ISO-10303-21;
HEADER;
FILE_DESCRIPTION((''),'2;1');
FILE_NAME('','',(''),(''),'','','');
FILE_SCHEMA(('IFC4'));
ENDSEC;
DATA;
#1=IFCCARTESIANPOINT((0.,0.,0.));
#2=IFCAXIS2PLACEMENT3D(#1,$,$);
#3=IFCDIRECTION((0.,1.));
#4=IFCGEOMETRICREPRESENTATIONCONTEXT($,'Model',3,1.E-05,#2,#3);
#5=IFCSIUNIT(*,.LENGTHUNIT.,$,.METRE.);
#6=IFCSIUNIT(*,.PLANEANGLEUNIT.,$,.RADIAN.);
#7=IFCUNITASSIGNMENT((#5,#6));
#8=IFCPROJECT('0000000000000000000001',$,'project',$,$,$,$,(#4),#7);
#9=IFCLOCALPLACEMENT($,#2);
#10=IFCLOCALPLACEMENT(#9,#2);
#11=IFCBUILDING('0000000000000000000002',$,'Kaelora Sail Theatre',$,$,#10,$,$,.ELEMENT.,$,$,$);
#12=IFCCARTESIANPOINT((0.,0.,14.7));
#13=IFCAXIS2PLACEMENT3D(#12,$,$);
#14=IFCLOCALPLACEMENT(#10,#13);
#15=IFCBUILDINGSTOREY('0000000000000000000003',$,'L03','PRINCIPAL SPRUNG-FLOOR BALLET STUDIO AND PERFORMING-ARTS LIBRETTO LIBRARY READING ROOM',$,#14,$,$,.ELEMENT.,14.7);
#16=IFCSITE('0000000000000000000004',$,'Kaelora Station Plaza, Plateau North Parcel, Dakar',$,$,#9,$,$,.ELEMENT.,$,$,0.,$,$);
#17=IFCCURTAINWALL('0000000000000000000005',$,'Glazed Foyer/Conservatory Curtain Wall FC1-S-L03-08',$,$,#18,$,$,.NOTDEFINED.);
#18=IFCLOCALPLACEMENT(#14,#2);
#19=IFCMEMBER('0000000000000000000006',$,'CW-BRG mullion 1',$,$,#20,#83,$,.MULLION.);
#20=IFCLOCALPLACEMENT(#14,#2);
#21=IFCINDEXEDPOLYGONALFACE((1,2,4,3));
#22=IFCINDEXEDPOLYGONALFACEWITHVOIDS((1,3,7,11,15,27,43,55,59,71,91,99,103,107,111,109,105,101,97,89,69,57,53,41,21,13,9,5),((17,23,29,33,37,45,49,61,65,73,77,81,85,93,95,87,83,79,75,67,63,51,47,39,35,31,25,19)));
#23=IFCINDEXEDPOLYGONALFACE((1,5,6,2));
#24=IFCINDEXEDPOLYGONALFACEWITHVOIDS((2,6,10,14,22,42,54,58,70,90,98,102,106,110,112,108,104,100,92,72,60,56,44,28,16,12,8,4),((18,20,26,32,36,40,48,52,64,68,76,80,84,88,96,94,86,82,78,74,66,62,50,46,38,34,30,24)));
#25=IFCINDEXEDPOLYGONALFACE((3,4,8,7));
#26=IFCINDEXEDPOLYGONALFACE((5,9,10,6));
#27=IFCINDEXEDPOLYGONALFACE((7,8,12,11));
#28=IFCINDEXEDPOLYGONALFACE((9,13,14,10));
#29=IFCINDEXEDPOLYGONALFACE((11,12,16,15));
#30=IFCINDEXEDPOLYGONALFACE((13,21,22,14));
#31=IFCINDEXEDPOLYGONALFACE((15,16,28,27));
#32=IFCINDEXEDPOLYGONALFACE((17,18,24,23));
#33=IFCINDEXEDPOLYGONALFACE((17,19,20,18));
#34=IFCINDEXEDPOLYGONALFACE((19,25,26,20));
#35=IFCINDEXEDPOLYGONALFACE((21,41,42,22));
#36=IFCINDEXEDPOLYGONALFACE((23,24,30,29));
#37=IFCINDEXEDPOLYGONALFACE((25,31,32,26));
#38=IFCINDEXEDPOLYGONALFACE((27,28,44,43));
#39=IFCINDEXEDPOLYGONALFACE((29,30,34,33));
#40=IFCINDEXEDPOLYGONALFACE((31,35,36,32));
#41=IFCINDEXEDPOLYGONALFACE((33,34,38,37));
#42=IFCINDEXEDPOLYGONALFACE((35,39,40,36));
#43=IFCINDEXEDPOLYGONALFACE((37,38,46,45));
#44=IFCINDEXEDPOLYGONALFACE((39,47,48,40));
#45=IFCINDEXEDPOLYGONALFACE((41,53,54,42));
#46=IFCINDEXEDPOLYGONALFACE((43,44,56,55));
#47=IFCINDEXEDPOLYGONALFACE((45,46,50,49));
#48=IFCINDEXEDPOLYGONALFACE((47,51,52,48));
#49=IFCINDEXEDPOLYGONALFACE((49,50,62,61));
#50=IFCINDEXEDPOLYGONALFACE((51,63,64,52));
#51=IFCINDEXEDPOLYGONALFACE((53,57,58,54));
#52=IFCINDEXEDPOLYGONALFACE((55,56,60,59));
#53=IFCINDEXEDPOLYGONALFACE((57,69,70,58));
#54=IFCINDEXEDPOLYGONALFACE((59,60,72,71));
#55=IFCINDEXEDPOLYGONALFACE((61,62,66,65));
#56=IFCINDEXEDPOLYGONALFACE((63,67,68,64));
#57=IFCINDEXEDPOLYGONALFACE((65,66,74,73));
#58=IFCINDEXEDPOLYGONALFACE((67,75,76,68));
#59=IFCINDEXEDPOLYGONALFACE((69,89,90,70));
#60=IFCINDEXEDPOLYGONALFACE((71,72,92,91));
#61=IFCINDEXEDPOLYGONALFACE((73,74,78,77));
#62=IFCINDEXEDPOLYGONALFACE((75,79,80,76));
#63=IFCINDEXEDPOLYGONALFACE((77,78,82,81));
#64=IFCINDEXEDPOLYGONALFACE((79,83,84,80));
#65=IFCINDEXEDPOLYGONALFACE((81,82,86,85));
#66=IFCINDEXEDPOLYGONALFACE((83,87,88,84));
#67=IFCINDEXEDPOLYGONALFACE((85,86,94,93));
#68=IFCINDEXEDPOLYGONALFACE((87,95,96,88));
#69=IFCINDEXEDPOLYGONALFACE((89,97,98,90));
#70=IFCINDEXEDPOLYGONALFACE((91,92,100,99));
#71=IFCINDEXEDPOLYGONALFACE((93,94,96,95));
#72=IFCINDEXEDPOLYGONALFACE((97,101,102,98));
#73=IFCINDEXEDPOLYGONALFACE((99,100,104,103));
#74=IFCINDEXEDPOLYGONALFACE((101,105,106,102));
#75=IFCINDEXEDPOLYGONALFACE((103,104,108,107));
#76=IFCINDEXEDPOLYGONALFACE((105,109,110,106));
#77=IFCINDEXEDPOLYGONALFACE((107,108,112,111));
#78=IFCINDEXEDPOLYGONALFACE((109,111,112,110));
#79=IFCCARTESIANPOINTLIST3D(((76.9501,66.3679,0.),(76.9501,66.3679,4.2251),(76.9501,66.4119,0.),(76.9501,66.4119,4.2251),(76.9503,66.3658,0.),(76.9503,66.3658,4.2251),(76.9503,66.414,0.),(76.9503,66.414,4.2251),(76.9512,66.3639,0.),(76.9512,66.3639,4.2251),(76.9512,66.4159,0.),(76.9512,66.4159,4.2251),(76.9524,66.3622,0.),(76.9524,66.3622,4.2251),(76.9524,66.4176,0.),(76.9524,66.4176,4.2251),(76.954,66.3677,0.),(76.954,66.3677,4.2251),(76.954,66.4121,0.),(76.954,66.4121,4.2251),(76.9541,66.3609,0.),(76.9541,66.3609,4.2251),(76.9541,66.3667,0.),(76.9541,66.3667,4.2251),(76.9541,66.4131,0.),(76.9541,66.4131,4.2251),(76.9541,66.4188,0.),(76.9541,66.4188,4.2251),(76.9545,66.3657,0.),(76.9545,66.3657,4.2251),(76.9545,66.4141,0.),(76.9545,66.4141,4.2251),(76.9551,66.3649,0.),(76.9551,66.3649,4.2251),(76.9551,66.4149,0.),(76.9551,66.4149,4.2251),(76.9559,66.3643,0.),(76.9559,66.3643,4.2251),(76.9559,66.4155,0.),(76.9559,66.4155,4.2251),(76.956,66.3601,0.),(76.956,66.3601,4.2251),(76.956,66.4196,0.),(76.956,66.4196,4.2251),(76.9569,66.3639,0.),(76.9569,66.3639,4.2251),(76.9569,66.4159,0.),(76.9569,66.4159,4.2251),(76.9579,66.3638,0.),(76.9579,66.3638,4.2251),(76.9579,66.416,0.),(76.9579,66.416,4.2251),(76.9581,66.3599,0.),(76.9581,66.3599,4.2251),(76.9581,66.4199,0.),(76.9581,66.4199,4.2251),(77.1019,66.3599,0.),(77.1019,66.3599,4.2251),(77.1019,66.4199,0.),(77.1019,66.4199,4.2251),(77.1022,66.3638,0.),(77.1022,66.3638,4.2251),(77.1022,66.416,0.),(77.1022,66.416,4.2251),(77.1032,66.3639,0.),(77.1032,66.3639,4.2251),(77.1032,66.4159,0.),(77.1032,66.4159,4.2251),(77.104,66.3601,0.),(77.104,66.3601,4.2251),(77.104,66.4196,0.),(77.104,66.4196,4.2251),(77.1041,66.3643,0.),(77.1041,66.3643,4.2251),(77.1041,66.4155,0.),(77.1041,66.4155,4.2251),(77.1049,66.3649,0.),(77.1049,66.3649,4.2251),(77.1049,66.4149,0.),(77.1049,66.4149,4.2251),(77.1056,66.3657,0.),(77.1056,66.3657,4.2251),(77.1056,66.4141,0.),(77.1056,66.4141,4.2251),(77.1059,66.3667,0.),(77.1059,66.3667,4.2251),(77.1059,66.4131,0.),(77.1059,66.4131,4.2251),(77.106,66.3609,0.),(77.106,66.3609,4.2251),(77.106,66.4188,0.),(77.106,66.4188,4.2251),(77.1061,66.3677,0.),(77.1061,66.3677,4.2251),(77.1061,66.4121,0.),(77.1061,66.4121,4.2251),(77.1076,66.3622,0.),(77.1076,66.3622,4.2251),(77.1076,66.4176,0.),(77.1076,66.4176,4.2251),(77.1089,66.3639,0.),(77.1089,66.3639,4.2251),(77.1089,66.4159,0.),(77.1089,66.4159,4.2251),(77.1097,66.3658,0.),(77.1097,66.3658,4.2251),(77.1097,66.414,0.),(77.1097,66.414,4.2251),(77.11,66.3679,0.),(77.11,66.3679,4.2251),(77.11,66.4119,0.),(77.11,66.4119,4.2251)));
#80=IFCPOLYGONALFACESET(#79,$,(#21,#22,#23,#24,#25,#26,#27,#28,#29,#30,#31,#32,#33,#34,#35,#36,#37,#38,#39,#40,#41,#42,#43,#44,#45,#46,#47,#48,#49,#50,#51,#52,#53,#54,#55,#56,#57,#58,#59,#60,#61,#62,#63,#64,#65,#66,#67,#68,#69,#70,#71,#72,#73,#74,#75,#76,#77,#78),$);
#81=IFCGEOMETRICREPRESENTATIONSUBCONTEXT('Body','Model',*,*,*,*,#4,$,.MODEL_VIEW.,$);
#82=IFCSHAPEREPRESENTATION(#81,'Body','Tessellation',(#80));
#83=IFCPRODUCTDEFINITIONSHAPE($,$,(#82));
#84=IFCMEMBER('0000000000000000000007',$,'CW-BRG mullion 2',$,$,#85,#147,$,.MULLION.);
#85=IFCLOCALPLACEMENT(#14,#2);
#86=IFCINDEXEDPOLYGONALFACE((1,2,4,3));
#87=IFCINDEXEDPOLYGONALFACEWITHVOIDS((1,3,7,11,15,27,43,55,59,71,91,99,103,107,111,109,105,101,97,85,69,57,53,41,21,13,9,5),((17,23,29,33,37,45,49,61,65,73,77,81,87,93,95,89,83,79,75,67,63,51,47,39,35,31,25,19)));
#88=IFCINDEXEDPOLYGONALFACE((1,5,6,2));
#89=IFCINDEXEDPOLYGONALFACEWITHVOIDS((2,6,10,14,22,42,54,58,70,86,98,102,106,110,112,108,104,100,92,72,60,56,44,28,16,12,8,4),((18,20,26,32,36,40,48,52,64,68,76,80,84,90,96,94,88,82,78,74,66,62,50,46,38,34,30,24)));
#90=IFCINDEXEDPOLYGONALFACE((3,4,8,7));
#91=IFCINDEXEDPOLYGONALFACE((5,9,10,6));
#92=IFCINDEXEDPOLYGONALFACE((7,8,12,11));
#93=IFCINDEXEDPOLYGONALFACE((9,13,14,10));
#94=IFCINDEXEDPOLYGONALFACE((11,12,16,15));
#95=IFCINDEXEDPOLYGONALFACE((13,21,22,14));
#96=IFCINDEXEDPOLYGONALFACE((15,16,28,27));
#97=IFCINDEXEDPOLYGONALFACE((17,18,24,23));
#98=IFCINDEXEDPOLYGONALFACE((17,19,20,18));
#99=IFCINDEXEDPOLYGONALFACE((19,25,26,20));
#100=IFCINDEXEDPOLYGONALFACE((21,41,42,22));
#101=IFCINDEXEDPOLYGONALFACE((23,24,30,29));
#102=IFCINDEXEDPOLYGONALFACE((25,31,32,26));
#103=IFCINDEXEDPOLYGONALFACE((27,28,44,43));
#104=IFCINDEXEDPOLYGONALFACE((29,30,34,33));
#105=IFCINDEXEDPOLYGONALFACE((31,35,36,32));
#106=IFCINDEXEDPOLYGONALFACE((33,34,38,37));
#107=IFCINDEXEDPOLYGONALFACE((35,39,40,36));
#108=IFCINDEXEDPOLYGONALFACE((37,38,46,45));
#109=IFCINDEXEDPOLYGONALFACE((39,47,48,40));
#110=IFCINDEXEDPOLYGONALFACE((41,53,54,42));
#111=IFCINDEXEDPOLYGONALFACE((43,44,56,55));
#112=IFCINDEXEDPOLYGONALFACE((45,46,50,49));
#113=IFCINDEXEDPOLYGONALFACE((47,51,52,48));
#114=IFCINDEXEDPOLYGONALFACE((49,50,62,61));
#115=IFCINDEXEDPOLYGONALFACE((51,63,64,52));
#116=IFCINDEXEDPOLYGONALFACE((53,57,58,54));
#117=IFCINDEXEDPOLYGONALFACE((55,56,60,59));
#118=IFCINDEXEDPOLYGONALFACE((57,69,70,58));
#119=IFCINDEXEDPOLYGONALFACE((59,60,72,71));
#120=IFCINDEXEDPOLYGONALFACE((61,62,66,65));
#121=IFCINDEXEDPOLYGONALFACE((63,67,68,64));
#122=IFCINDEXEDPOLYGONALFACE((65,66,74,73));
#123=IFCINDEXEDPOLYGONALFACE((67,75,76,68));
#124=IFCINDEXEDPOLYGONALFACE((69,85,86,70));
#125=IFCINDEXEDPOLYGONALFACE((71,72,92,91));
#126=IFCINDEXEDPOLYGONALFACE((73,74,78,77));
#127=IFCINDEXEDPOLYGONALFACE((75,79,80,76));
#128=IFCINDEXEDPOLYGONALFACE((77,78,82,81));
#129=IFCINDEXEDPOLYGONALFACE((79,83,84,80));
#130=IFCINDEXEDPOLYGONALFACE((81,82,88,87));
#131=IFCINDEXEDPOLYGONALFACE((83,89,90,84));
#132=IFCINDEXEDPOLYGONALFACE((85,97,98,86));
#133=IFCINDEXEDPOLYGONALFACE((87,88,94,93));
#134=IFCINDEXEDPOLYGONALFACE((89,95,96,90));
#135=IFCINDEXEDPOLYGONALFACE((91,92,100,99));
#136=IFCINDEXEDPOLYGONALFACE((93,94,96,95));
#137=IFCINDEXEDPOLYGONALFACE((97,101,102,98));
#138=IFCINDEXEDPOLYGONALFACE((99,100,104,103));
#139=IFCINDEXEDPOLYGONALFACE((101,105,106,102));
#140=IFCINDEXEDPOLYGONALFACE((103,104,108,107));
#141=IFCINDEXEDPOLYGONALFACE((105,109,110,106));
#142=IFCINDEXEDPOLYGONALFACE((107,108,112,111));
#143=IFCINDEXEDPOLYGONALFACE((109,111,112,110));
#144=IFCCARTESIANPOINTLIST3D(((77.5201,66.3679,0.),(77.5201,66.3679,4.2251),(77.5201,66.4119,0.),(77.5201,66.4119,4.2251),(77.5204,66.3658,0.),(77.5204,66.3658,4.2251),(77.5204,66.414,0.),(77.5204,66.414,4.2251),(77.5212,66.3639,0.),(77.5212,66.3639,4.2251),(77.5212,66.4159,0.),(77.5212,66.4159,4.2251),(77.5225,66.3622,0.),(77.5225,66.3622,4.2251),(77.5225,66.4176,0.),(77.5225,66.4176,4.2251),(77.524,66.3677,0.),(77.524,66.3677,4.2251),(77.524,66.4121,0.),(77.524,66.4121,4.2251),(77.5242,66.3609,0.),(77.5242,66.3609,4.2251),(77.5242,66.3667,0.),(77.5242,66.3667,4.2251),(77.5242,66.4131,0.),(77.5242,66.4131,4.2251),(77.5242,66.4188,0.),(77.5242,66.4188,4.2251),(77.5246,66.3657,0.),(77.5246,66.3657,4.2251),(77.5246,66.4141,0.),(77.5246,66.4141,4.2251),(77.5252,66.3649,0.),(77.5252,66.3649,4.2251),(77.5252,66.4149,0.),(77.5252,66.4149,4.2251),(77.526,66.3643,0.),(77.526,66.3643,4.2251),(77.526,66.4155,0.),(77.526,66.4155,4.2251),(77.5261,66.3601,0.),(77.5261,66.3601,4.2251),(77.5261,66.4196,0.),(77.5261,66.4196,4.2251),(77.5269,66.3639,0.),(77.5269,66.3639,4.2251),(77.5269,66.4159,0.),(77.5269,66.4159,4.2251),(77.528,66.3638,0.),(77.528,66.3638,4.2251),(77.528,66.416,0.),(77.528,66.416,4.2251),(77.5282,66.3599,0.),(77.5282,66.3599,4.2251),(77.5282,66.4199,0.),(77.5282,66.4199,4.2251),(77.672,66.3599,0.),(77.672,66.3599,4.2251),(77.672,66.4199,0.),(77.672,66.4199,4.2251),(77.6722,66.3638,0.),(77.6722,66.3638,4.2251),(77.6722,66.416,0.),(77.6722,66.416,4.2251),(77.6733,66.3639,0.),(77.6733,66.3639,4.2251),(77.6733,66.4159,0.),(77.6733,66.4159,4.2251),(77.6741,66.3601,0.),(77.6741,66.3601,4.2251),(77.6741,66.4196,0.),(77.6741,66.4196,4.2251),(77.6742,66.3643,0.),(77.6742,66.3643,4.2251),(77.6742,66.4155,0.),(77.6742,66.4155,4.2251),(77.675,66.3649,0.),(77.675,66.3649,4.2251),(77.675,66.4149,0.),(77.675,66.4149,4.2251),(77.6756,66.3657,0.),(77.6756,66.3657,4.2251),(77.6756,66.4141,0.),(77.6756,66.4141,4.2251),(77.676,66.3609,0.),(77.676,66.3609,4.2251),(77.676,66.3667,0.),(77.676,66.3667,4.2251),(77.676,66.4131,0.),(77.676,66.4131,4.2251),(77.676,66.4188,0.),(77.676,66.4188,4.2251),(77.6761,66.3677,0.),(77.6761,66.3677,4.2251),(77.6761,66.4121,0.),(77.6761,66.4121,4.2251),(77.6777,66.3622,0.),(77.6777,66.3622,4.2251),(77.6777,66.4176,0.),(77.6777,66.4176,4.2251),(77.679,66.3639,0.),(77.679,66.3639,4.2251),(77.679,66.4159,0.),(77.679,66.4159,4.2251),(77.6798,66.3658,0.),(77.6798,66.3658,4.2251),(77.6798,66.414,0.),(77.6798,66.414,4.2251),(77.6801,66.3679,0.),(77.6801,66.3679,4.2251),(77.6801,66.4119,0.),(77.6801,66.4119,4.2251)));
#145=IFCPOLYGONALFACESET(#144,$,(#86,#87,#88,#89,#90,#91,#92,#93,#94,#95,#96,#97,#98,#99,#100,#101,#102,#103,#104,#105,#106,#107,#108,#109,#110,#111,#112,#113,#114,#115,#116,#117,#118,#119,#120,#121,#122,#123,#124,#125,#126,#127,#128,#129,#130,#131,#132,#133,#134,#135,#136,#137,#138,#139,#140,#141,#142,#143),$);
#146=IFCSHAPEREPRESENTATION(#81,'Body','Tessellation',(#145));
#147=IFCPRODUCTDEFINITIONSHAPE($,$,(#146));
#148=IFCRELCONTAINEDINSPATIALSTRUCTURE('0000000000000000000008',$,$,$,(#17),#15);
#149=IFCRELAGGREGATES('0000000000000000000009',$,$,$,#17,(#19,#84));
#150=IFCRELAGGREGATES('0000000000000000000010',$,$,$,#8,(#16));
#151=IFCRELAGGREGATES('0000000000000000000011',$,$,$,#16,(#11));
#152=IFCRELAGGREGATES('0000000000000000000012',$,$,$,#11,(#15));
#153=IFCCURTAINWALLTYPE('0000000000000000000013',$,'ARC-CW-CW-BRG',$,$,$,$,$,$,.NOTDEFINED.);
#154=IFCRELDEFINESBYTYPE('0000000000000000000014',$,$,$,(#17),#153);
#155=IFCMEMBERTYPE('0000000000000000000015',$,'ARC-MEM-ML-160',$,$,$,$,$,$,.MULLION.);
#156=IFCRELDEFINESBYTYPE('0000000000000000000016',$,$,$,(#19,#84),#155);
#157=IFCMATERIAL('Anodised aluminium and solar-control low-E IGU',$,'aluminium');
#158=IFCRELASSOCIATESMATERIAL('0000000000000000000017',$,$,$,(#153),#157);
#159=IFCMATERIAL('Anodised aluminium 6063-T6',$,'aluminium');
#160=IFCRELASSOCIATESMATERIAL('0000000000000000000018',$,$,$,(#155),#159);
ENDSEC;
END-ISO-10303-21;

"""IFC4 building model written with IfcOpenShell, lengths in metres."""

from ifc_helpers import new_model, si_unit, direction, frame, origin, origin_2d, place, context, subcontext, project, spatial, hollow_rectangle, extrude, material, material_profile, profile_set, type_object, element, aggregate, save


model = new_model("IFC4")

# Units and contexts
model_context = context("Model", 3, precision=1e-05, world=origin(), true_north=direction((0.0, 1.0)))
body_context = subcontext(model_context, "Body", "Model", "MODEL_VIEW")
ifc_project = project(units=[si_unit("LENGTHUNIT", "METRE"), si_unit("PLANEANGLEUNIT", "RADIAN")], contexts=[model_context])

# Site, building, storey
site_placement = place(None, origin())
site = spatial("IfcSite", under=ifc_project, at=site_placement, Name="Kaelora Station Plaza, Plateau North Parcel, Dakar", CompositionType="ELEMENT", RefElevation=0.0)
building_placement = place(site_placement, origin())
building = spatial("IfcBuilding", under=site, at=building_placement, Name="Kaelora Sail Theatre", CompositionType="ELEMENT")
storey_placement = place(building_placement, frame((0.0, 0.0, 14.7)))
storey = spatial("IfcBuildingStorey", under=building, at=storey_placement, Name="L03", Description="PRINCIPAL SPRUNG-FLOOR BALLET STUDIO AND PERFORMING-ARTS LIBRETTO LIBRARY READING ROOM", CompositionType="ELEMENT", Elevation=14.7)

# Curtain wall, members
ifc_material_1 = material(Name="Anodised aluminium and solar-control low-E IGU", Category="aluminium")
curtain_wall_type = type_object("IfcCurtainWallType", Name="ARC-CW-CW-BRG", PredefinedType="NOTDEFINED", material=ifc_material_1)
ifc_material_2 = material(Name="Anodised aluminium 6063-T6", Category="aluminium")
ifc_material_profile_1 = material_profile(ifc_material_2, hollow_rectangle(XDim=0.0601, YDim=0.1599, WallThickness=0.0039, InnerFilletRadius=0.0039, OuterFilletRadius=0.0081, at=origin_2d()), Name="ALU-MULL 60x160x4")
ifc_profile_set_1 = profile_set([ifc_material_profile_1], Name="Anodised aluminium 6063-T6")
member_type_1 = type_object("IfcMemberType", Name="ARC-MEM-ML-160", PredefinedType="MULLION", material=ifc_profile_set_1)
curtain_wall_1_placement = place(storey_placement, origin())
curtain_wall_1 = element("IfcCurtainWall", 1, at=curtain_wall_1_placement, inside=storey, type_object=curtain_wall_type, Name="Glazed Foyer/Conservatory Curtain Wall FC1-S-L03-08", PredefinedType="NOTDEFINED")
member_1_placement = place(storey_placement, frame((77.03, 66.3899, 0.0), z_axis=(0.0, 0.0, 1.0), x_axis=(0.0, 1.0, 0.0)))
member_1 = element("IfcMember", 2, at=member_1_placement, type_object=member_type_1, Name="CW-BRG mullion 1", PredefinedType="MULLION", context=body_context, shape_type="SweptSolid", body=[
    extrude(hollow_rectangle(XDim=0.0601, YDim=0.1599, WallThickness=0.0039, InnerFilletRadius=0.0039, OuterFilletRadius=0.0081, at=origin_2d()), origin(), (0.0, 0.0, 1.0), 4.2251),
])
member_2_placement = place(storey_placement, frame((77.6001, 66.3899, 0.0), z_axis=(0.0, 0.0, 1.0), x_axis=(0.0, 1.0, 0.0)))
member_2 = element("IfcMember", 3, at=member_2_placement, type_object=member_type_1, Name="CW-BRG mullion 2", PredefinedType="MULLION", context=body_context, shape_type="SweptSolid", body=[
    extrude(hollow_rectangle(XDim=0.0601, YDim=0.1599, WallThickness=0.0039, InnerFilletRadius=0.0039, OuterFilletRadius=0.0081, at=origin_2d()), origin(), (0.0, 0.0, 1.0), 4.2251),
])

aggregate(curtain_wall_1, [member_1, member_2])

save(model, "model.ifc")
